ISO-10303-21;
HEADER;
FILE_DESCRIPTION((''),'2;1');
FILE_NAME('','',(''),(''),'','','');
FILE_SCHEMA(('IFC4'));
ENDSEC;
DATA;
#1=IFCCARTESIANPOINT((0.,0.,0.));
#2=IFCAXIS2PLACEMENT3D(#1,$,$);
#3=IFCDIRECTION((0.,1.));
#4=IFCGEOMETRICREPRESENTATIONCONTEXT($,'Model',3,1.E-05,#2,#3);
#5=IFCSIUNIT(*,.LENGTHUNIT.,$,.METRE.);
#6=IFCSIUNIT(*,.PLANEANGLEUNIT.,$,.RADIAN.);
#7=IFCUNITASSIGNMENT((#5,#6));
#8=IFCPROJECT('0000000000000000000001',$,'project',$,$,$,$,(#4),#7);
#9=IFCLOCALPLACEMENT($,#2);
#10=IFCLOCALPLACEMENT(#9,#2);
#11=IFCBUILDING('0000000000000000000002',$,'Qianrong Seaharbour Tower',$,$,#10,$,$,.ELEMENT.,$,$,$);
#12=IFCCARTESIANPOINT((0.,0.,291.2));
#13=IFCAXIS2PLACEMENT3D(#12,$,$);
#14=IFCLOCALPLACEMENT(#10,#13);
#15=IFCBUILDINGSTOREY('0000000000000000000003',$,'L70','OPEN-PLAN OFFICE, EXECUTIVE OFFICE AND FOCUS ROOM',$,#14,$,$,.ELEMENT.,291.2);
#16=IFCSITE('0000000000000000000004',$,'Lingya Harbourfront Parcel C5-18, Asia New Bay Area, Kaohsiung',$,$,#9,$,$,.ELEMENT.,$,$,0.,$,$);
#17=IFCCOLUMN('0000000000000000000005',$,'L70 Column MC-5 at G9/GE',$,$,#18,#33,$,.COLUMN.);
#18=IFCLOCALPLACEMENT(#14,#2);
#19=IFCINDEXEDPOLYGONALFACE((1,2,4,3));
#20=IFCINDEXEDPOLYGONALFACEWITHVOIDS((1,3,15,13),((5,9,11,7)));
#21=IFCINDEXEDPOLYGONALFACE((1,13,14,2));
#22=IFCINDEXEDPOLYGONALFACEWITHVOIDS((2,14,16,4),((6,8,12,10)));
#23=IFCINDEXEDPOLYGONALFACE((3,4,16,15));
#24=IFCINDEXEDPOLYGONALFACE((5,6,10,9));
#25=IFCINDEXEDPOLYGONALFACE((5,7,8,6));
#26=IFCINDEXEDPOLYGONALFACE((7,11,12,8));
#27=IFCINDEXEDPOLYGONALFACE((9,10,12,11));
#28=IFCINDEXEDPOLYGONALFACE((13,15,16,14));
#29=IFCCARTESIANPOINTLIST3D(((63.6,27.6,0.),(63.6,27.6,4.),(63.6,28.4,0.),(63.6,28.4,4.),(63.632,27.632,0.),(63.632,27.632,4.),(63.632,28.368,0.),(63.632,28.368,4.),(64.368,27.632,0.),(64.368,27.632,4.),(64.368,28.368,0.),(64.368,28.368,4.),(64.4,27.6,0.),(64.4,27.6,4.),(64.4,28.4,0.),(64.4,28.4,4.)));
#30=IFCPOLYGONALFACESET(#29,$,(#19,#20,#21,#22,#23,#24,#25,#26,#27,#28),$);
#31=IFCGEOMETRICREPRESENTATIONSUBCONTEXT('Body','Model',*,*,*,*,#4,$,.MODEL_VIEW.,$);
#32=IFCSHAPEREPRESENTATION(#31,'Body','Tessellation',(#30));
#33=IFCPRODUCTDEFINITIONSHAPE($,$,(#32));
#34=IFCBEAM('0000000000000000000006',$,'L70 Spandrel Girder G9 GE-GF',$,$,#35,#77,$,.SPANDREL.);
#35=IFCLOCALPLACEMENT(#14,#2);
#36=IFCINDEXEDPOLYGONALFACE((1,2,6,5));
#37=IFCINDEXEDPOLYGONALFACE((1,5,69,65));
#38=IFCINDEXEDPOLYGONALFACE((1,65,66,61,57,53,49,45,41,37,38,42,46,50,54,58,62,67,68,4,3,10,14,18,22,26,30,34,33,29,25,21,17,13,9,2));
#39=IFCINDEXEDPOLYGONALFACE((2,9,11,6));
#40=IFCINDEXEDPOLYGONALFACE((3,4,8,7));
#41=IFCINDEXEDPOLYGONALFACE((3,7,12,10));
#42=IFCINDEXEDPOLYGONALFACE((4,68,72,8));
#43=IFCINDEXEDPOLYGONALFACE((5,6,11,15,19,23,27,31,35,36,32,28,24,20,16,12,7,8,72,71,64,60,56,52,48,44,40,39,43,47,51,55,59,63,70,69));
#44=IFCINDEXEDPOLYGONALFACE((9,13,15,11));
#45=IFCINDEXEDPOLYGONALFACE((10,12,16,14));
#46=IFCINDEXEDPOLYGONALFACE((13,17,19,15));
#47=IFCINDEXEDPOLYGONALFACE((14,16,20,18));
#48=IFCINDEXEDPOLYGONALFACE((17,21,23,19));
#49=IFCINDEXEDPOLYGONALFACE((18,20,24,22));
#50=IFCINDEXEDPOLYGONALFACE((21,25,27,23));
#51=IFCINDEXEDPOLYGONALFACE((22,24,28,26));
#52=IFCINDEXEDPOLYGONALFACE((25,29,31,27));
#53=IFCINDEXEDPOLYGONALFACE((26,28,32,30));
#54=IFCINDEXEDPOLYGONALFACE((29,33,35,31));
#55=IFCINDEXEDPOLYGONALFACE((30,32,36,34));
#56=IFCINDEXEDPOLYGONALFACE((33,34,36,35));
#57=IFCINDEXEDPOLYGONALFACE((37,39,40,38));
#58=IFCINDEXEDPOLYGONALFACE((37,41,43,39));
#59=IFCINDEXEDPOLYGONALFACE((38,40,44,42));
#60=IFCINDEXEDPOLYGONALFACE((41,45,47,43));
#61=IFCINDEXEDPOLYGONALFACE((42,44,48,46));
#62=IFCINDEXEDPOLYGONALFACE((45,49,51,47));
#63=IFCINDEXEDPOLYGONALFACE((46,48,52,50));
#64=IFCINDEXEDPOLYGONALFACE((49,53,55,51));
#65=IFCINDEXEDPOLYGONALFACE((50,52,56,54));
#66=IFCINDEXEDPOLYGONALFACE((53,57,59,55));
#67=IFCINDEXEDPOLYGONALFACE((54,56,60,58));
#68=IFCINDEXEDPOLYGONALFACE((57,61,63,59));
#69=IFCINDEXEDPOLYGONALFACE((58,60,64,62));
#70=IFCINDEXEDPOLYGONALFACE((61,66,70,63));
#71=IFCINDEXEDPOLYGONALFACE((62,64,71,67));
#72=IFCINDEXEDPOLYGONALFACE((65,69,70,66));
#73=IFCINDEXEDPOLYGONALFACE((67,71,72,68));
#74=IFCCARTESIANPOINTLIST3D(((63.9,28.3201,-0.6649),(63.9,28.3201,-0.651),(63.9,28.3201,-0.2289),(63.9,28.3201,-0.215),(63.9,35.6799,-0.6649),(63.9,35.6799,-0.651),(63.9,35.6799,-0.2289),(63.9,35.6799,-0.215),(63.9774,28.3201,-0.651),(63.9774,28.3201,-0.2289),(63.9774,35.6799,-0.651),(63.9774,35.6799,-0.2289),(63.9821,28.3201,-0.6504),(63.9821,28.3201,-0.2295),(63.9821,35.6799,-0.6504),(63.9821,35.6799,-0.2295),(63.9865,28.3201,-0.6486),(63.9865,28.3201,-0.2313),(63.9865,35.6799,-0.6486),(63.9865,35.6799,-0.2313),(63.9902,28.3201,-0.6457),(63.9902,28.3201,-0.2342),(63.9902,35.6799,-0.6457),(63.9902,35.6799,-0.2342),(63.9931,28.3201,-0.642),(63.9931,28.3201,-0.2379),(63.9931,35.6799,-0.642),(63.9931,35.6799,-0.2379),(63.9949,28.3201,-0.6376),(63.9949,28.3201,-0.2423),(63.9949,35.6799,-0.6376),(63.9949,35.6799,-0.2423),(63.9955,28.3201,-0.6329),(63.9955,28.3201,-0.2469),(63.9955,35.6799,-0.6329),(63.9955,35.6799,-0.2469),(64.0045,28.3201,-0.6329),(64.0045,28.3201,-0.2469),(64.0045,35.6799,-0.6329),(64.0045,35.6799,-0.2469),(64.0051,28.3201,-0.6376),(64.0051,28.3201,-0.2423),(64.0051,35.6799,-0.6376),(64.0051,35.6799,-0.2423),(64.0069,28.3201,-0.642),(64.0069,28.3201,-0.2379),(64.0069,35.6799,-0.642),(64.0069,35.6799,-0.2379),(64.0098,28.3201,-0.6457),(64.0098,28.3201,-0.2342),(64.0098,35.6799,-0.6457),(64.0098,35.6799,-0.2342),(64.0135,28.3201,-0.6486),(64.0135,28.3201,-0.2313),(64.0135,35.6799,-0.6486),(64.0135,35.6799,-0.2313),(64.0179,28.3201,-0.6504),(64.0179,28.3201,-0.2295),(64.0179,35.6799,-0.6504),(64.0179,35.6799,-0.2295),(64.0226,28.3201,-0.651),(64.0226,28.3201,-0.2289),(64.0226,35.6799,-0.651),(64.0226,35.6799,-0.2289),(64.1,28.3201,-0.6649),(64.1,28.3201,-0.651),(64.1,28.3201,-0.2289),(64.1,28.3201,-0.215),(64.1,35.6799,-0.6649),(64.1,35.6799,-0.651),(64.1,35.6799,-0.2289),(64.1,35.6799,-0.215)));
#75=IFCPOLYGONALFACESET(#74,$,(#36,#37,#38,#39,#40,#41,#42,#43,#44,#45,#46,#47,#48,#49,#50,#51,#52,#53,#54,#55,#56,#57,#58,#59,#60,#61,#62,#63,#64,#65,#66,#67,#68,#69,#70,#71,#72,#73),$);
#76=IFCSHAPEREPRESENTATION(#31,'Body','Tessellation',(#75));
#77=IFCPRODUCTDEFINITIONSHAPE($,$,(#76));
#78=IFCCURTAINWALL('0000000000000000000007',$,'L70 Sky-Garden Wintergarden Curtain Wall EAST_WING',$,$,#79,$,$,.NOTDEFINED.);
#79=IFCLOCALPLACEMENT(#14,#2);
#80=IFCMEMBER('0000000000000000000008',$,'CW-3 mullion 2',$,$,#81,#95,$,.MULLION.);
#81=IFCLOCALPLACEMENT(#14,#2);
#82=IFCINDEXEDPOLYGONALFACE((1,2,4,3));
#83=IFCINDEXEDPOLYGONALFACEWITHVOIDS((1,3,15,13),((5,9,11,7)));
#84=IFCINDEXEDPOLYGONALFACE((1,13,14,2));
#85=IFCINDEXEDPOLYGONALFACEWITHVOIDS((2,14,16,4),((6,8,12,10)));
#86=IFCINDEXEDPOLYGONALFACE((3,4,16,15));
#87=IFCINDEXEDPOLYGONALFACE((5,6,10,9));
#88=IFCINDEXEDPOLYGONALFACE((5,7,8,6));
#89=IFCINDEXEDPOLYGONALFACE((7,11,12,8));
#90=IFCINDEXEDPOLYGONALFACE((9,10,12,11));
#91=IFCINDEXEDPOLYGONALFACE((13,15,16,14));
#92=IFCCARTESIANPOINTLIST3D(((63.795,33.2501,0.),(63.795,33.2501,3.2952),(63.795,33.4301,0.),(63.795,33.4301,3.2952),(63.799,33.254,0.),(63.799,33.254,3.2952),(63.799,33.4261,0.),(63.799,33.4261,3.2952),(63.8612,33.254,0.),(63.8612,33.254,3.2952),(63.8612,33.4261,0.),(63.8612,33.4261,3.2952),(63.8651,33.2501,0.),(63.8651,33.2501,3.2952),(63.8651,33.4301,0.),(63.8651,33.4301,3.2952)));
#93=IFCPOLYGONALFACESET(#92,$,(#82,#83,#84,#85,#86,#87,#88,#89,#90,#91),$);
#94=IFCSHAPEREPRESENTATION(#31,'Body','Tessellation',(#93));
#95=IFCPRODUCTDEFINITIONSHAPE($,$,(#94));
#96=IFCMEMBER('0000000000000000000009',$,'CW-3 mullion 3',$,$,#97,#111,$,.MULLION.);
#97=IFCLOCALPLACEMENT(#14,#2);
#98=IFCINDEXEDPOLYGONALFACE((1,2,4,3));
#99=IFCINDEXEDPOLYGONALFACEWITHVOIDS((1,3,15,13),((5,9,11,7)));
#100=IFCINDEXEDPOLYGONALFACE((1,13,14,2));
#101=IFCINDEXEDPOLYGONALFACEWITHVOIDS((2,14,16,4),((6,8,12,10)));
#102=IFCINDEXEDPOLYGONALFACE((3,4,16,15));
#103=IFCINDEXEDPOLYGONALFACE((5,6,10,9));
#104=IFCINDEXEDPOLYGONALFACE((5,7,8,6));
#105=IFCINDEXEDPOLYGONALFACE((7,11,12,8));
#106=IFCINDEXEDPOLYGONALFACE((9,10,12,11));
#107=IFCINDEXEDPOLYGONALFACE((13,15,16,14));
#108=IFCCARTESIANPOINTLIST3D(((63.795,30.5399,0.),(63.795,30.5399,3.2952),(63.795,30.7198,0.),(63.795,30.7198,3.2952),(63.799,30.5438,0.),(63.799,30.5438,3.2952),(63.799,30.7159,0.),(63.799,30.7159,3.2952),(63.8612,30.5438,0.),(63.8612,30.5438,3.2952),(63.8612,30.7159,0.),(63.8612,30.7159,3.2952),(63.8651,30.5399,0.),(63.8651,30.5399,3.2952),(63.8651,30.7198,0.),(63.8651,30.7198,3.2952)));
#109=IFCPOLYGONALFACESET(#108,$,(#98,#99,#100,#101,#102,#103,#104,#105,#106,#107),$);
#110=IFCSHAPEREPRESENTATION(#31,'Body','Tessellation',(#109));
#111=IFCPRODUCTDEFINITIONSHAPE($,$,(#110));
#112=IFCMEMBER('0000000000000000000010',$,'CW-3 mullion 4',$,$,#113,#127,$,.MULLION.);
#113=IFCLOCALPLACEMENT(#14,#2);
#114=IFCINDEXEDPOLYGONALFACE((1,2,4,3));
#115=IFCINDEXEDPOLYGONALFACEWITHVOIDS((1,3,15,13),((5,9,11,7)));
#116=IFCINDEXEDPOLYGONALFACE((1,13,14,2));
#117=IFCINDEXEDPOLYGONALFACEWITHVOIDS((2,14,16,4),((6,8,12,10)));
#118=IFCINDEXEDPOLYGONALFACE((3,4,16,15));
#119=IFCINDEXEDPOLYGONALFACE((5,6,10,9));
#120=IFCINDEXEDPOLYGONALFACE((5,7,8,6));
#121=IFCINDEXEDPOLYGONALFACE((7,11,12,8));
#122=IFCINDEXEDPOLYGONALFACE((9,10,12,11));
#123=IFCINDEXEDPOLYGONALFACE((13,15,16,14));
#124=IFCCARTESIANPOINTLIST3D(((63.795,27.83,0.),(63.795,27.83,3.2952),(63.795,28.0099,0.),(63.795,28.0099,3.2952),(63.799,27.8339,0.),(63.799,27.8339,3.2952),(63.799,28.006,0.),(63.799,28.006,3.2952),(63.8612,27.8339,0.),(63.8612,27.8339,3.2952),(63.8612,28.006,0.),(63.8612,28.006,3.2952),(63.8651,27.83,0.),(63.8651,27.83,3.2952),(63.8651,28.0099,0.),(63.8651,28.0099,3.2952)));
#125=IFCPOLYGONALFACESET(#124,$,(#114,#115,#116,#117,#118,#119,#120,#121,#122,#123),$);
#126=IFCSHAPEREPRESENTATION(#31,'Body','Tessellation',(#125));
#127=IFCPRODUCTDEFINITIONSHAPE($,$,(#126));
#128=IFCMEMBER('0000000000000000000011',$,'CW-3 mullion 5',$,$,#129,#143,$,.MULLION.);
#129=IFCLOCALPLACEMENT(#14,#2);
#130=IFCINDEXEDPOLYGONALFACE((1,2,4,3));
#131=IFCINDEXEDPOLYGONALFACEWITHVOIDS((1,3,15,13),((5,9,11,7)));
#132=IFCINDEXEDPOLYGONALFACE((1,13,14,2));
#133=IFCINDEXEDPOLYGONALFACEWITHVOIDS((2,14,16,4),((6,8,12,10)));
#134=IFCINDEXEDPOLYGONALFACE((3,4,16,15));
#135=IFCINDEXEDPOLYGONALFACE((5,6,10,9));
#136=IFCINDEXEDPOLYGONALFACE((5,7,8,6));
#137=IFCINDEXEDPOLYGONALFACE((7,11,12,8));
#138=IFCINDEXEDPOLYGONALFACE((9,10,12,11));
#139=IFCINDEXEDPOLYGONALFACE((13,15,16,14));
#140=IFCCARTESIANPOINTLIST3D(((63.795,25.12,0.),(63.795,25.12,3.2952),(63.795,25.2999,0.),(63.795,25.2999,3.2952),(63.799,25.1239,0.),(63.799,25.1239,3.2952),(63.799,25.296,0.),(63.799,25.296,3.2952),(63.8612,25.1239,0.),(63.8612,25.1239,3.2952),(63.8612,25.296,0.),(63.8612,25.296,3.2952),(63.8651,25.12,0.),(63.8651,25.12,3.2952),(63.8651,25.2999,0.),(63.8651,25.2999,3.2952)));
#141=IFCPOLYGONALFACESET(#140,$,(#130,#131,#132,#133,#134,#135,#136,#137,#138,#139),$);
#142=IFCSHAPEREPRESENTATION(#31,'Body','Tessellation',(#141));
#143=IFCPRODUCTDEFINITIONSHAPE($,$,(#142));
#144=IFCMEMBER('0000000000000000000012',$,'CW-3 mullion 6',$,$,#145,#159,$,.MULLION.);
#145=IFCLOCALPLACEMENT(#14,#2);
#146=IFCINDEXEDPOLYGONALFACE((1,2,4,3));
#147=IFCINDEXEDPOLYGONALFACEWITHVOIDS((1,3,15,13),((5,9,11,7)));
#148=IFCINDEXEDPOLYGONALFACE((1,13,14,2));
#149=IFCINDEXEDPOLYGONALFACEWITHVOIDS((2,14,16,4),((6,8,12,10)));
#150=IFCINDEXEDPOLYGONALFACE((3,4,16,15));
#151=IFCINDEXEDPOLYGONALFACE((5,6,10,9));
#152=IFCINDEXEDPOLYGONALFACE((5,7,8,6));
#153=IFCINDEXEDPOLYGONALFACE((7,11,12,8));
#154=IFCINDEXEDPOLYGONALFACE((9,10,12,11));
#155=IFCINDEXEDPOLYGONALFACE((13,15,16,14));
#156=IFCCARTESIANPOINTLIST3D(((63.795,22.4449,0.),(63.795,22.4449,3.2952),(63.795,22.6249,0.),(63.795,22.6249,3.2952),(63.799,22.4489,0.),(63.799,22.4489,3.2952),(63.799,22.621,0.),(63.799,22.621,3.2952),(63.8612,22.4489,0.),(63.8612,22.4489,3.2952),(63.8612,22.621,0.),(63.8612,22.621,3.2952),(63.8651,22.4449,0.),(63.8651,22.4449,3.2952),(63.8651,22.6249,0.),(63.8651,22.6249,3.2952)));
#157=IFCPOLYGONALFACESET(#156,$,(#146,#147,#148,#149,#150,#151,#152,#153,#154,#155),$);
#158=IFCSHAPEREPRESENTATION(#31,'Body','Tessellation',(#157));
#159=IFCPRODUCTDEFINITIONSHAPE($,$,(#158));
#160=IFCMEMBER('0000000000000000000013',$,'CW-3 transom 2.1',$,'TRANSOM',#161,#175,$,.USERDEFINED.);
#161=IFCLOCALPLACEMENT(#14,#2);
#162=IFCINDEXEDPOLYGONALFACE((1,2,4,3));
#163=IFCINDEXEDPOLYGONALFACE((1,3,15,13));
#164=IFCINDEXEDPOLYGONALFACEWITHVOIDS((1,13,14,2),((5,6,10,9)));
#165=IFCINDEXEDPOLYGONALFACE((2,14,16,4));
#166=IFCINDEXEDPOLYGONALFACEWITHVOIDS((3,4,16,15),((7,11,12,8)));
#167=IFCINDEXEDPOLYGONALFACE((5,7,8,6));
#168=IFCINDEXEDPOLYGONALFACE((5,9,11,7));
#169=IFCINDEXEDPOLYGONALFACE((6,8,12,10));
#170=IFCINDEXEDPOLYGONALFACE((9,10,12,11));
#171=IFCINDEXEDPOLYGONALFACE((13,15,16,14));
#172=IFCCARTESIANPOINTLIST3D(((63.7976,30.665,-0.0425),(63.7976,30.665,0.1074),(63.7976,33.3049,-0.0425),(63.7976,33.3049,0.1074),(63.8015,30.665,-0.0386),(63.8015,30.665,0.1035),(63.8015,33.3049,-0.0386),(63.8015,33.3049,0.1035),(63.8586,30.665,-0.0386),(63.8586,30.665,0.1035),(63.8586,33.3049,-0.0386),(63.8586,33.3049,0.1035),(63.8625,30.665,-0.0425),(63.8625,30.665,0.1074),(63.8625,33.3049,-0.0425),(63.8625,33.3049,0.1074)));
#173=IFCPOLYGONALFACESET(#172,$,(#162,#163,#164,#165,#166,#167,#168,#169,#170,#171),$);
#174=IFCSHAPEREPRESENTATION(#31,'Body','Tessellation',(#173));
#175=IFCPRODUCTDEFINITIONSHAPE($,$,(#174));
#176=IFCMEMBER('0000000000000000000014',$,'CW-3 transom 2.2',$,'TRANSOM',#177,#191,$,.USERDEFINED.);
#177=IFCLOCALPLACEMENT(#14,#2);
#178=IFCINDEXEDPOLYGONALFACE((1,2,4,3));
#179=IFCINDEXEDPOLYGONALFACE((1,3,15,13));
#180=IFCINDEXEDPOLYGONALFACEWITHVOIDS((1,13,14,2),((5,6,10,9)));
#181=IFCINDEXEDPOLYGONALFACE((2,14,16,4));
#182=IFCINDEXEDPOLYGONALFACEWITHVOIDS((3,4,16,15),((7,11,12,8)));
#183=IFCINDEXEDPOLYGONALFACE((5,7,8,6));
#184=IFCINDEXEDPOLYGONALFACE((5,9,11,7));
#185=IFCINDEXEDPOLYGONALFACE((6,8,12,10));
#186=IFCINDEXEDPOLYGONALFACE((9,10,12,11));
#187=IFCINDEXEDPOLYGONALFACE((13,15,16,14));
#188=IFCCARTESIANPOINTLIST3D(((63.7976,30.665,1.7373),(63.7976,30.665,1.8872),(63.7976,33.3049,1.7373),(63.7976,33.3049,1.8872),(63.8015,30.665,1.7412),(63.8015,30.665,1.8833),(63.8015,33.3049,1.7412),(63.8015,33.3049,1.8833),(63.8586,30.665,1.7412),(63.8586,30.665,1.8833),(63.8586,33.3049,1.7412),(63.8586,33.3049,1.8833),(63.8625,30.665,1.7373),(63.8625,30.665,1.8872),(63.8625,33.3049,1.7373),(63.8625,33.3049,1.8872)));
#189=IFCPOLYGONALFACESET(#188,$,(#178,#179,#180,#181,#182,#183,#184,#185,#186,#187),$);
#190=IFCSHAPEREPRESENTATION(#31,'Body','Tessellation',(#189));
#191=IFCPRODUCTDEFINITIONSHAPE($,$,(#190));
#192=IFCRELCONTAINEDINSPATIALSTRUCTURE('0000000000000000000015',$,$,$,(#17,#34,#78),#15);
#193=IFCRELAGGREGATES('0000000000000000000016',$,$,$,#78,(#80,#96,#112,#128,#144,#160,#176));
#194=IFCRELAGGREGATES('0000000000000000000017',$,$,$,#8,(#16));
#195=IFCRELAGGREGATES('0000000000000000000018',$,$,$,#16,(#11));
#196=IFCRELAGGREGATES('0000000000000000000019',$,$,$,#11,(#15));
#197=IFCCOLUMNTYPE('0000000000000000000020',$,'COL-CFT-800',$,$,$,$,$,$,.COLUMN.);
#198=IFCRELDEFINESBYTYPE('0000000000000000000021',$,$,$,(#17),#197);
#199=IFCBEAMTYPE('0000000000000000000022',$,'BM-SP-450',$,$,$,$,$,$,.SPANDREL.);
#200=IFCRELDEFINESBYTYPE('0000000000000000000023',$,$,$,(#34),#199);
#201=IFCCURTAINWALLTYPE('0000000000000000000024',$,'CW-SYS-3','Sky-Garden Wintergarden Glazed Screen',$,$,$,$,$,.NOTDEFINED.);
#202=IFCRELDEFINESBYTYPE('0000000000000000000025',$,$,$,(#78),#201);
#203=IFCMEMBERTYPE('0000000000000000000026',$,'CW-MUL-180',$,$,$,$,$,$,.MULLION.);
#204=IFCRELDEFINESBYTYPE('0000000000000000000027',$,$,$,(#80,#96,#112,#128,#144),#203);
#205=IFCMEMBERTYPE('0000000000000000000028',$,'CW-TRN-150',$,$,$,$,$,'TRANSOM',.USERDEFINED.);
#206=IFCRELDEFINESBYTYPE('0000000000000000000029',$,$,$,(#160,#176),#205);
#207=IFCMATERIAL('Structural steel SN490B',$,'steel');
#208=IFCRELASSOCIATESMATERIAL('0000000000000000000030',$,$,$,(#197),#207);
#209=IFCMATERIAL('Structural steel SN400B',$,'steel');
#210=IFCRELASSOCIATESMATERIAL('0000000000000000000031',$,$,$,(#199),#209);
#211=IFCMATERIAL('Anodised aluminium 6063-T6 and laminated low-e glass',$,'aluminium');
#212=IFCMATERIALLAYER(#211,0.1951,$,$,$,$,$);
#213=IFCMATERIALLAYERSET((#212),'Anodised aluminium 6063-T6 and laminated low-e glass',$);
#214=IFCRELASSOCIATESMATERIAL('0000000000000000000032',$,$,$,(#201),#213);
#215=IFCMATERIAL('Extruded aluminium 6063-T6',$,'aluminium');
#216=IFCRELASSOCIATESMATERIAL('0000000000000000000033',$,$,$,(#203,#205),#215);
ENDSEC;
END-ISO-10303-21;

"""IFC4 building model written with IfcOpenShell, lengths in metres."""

from ifc_helpers import new_model, si_unit, direction, frame, origin, origin_2d, place, context, subcontext, project, spatial, hollow_rectangle, i_section, extrude, material, layer, layer_set, material_profile, profile_set, type_object, element, aggregate, save


model = new_model("IFC4")

# Units and contexts
model_context = context("Model", 3, precision=1e-05, world=origin(), true_north=direction((0.0, 1.0)))
body_context = subcontext(model_context, "Body", "Model", "MODEL_VIEW")
ifc_project = project(units=[si_unit("LENGTHUNIT", "METRE"), si_unit("PLANEANGLEUNIT", "RADIAN")], contexts=[model_context])

# Site, building, storey
site_placement = place(None, origin())
site = spatial("IfcSite", under=ifc_project, at=site_placement, Name="Lingya Harbourfront Parcel C5-18, Asia New Bay Area, Kaohsiung", CompositionType="ELEMENT", RefElevation=0.0)
building_placement = place(site_placement, origin())
building = spatial("IfcBuilding", under=site, at=building_placement, Name="Qianrong Seaharbour Tower", CompositionType="ELEMENT")
storey_placement = place(building_placement, frame((0.0, 0.0, 291.2)))
storey = spatial("IfcBuildingStorey", under=building, at=storey_placement, Name="L70", Description="OPEN-PLAN OFFICE, EXECUTIVE OFFICE AND FOCUS ROOM", CompositionType="ELEMENT", Elevation=291.2)

# Column
ifc_material_1 = material(Name="Structural steel SN490B", Category="steel")
ifc_material_profile_1 = material_profile(ifc_material_1, hollow_rectangle(XDim=0.8, YDim=0.8, WallThickness=0.032, at=origin_2d()), Name="BOX800x800x32")
ifc_profile_set_1 = profile_set([ifc_material_profile_1], Name="Structural steel SN490B")
column_type = type_object("IfcColumnType", Name="COL-CFT-800", PredefinedType="COLUMN", material=ifc_profile_set_1)
column_placement = place(storey_placement, frame((64.0, 28.0, 0.0), z_axis=(0.0, 0.0, 1.0), x_axis=(1.0, 0.0, 0.0)))
element("IfcColumn", 1, at=column_placement, inside=storey, type_object=column_type, Name="L70 Column MC-5 at G9/GE", PredefinedType="COLUMN", context=body_context, shape_type="SweptSolid", body=[
    extrude(hollow_rectangle(XDim=0.8, YDim=0.8, WallThickness=0.032, at=origin_2d()), origin(), (0.0, 0.0, 1.0), 4.0),
])

# Beam
ifc_material_2 = material(Name="Structural steel SN400B", Category="steel")
ifc_material_profile_2 = material_profile(ifc_material_2, i_section(OverallWidth=0.2, OverallDepth=0.45, WebThickness=0.009, FlangeThickness=0.0139, FilletRadius=0.0181, at=origin_2d()), Name="H450x200x9x14")
ifc_profile_set_2 = profile_set([ifc_material_profile_2], Name="Structural steel SN400B")
beam_type = type_object("IfcBeamType", Name="BM-SP-450", PredefinedType="SPANDREL", material=ifc_profile_set_2)
beam_placement = place(storey_placement, frame((64.0, 28.3201, -0.4399), z_axis=(0.0, 1.0, 0.0), x_axis=(-1.0, 0.0, 0.0)))
element("IfcBeam", 2, at=beam_placement, inside=storey, type_object=beam_type, Name="L70 Spandrel Girder G9 GE-GF", PredefinedType="SPANDREL", context=body_context, shape_type="SweptSolid", body=[
    extrude(i_section(OverallWidth=0.2, OverallDepth=0.45, WebThickness=0.009, FlangeThickness=0.0139, FilletRadius=0.0181, at=origin_2d()), origin(), (0.0, 0.0, 1.0), 7.3599),
])

# Curtain wall, members
ifc_material_3 = material(Name="Anodised aluminium 6063-T6 and laminated low-e glass", Category="aluminium")
ifc_layer_1 = layer(ifc_material_3, 0.1951)
ifc_layer_set_1 = layer_set([ifc_layer_1], Name="Anodised aluminium 6063-T6 and laminated low-e glass")
curtain_wall_type = type_object("IfcCurtainWallType", Name="CW-SYS-3", Description="Sky-Garden Wintergarden Glazed Screen", PredefinedType="NOTDEFINED", material=ifc_layer_set_1)
curtain_wall_placement = place(storey_placement, origin())
curtain_wall = element("IfcCurtainWall", 3, at=curtain_wall_placement, inside=storey, type_object=curtain_wall_type, Name="L70 Sky-Garden Wintergarden Curtain Wall EAST_WING", PredefinedType="NOTDEFINED")
ifc_material_4 = material(Name="Extruded aluminium 6063-T6", Category="aluminium")
ifc_material_profile_3 = material_profile(ifc_material_4, hollow_rectangle(XDim=0.0701, YDim=0.1799, WallThickness=0.0039, at=origin_2d()), Name="ALU-MUL-180x70x4")
ifc_profile_set_3 = profile_set([ifc_material_profile_3], Name="Extruded aluminium 6063-T6")
member_type_1 = type_object("IfcMemberType", Name="CW-MUL-180", PredefinedType="MULLION", material=ifc_profile_set_3)
member_1_placement = place(storey_placement, frame((63.8301, 33.3401, 0.0), z_axis=(0.0, 0.0, 1.0), x_axis=(1.0, 0.0, 0.0)))
member_1 = element("IfcMember", 4, at=member_1_placement, type_object=member_type_1, Name="CW-3 mullion 2", PredefinedType="MULLION", context=body_context, shape_type="SweptSolid", body=[
    extrude(hollow_rectangle(XDim=0.0701, YDim=0.1799, WallThickness=0.0039, at=origin_2d()), origin(), (0.0, 0.0, 1.0), 3.2952),
])
member_2_placement = place(storey_placement, frame((63.8301, 30.6299, 0.0), z_axis=(0.0, 0.0, 1.0), x_axis=(1.0, 0.0, 0.0)))
member_2 = element("IfcMember", 5, at=member_2_placement, type_object=member_type_1, Name="CW-3 mullion 3", PredefinedType="MULLION", context=body_context, shape_type="SweptSolid", body=[
    extrude(hollow_rectangle(XDim=0.0701, YDim=0.1799, WallThickness=0.0039, at=origin_2d()), origin(), (0.0, 0.0, 1.0), 3.2952),
])
member_3_placement = place(storey_placement, frame((63.8301, 27.9199, 0.0), z_axis=(0.0, 0.0, 1.0), x_axis=(1.0, 0.0, 0.0)))
member_3 = element("IfcMember", 6, at=member_3_placement, type_object=member_type_1, Name="CW-3 mullion 4", PredefinedType="MULLION", context=body_context, shape_type="SweptSolid", body=[
    extrude(hollow_rectangle(XDim=0.0701, YDim=0.1799, WallThickness=0.0039, at=origin_2d()), origin(), (0.0, 0.0, 1.0), 3.2952),
])
member_4_placement = place(storey_placement, frame((63.8301, 25.21, 0.0), z_axis=(0.0, 0.0, 1.0), x_axis=(1.0, 0.0, 0.0)))
member_4 = element("IfcMember", 7, at=member_4_placement, type_object=member_type_1, Name="CW-3 mullion 5", PredefinedType="MULLION", context=body_context, shape_type="SweptSolid", body=[
    extrude(hollow_rectangle(XDim=0.0701, YDim=0.1799, WallThickness=0.0039, at=origin_2d()), origin(), (0.0, 0.0, 1.0), 3.2952),
])
member_5_placement = place(storey_placement, frame((63.8301, 22.5349, 0.0), z_axis=(0.0, 0.0, 1.0), x_axis=(1.0, 0.0, 0.0)))
member_5 = element("IfcMember", 8, at=member_5_placement, type_object=member_type_1, Name="CW-3 mullion 6", PredefinedType="MULLION", context=body_context, shape_type="SweptSolid", body=[
    extrude(hollow_rectangle(XDim=0.0701, YDim=0.1799, WallThickness=0.0039, at=origin_2d()), origin(), (0.0, 0.0, 1.0), 3.2952),
])
ifc_material_profile_4 = material_profile(ifc_material_4, hollow_rectangle(XDim=0.0649, YDim=0.1499, WallThickness=0.0039, at=origin_2d()), Name="ALU-TRN-150x65x4")
ifc_profile_set_4 = profile_set([ifc_material_profile_4], Name="Extruded aluminium 6063-T6")
member_type_2 = type_object("IfcMemberType", Name="CW-TRN-150", ElementType="TRANSOM", PredefinedType="USERDEFINED", material=ifc_profile_set_4)
member_6_placement = place(storey_placement, frame((63.8301, 33.3049, 0.0325), z_axis=(0.0, -1.0, 0.0), x_axis=(1.0, 0.0, 0.0)))
member_6 = element("IfcMember", 9, at=member_6_placement, type_object=member_type_2, Name="CW-3 transom 2.1", ObjectType="TRANSOM", PredefinedType="USERDEFINED", context=body_context, shape_type="SweptSolid", body=[
    extrude(hollow_rectangle(XDim=0.0649, YDim=0.1499, WallThickness=0.0039, at=origin_2d()), origin(), (0.0, 0.0, 1.0), 2.6399),
])
member_7_placement = place(storey_placement, frame((63.8301, 33.3049, 1.8123), z_axis=(0.0, -1.0, 0.0), x_axis=(1.0, 0.0, 0.0)))
member_7 = element("IfcMember", 10, at=member_7_placement, type_object=member_type_2, Name="CW-3 transom 2.2", ObjectType="TRANSOM", PredefinedType="USERDEFINED", context=body_context, shape_type="SweptSolid", body=[
    extrude(hollow_rectangle(XDim=0.0649, YDim=0.1499, WallThickness=0.0039, at=origin_2d()), origin(), (0.0, 0.0, 1.0), 2.6399),
])
aggregate(curtain_wall, [member_1, member_2, member_3, member_4, member_5, member_6, member_7])

save(model, "model.ifc")
